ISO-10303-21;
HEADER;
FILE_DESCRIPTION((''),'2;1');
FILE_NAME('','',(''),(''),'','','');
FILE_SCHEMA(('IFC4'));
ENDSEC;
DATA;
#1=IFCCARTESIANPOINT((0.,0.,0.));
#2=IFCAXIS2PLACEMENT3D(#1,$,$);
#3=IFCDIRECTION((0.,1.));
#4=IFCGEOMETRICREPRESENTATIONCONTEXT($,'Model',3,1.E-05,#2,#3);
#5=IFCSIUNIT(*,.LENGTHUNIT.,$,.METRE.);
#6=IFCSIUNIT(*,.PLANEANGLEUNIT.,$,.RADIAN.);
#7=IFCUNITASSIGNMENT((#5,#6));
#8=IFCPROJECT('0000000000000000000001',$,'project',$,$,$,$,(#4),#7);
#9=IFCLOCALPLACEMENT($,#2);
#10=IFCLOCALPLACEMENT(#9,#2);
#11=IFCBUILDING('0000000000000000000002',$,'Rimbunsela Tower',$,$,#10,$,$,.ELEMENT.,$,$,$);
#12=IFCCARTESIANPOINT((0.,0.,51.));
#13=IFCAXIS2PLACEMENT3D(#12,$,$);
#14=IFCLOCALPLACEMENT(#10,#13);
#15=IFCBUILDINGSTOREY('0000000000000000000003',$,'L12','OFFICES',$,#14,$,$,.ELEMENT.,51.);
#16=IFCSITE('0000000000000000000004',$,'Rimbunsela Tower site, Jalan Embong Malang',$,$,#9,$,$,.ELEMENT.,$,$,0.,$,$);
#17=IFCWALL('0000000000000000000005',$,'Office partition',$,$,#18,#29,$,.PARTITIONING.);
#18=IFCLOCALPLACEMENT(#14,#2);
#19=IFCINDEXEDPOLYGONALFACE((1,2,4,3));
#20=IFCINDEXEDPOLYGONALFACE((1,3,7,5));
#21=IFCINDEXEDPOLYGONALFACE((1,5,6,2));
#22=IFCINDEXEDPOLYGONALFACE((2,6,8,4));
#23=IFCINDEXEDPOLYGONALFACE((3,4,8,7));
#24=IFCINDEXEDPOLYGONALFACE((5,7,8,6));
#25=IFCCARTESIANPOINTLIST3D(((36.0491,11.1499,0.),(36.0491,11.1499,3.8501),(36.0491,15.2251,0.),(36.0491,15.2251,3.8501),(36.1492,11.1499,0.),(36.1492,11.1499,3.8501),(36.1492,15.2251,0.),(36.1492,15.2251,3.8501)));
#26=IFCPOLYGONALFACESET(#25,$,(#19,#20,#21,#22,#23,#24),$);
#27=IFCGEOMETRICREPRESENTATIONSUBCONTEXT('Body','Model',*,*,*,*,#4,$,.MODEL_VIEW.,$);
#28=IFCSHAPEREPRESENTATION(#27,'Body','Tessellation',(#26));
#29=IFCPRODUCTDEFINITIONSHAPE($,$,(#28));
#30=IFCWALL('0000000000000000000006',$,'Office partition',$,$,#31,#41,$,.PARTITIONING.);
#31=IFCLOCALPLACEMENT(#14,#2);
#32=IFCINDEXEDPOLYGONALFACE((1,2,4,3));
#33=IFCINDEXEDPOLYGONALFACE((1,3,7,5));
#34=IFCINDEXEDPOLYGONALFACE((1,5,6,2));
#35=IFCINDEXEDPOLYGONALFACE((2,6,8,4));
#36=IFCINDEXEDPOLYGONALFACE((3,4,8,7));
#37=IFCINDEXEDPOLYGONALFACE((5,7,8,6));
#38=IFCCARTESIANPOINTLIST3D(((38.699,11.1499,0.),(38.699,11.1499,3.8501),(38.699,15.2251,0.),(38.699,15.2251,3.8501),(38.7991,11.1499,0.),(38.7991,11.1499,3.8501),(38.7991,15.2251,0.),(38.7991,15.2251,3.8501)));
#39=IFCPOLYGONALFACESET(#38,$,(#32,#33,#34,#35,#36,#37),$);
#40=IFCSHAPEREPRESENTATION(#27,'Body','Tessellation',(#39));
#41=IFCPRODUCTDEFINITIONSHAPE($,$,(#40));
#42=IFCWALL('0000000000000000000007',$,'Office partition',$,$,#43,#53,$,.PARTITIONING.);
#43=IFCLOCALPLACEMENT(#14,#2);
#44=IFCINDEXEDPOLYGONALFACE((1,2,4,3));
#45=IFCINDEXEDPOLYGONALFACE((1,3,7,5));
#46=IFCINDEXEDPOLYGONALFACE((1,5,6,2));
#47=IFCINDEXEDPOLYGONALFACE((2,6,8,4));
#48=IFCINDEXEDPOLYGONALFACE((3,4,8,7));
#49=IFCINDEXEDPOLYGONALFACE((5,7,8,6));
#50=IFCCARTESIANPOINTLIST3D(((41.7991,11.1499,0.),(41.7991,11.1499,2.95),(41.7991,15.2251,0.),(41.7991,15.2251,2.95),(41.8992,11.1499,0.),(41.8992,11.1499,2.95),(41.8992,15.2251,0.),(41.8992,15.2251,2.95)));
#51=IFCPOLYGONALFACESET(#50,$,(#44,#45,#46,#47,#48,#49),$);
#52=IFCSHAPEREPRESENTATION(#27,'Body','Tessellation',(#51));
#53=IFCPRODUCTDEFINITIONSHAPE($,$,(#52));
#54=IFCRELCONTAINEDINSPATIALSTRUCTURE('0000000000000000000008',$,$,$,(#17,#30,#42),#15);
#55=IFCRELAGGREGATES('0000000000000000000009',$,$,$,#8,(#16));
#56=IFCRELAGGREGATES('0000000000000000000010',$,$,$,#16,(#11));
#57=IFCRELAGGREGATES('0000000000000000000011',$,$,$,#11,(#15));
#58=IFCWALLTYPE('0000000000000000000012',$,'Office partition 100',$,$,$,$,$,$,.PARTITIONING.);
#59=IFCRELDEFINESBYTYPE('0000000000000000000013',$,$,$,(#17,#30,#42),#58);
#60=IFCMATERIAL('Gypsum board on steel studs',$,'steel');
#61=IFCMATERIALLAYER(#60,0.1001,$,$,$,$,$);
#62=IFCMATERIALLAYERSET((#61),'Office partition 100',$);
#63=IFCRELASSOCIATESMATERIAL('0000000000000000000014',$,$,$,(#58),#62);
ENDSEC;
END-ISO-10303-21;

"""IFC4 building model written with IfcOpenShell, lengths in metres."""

from ifc_helpers import new_model, si_unit, direction, frame, frame_2d, origin, place, context, subcontext, project, spatial, rectangle, extrude, material, layer, layer_set, type_object, element, save


model = new_model("IFC4")

# Units and contexts
model_context = context("Model", 3, precision=1e-05, world=origin(), true_north=direction((0.0, 1.0)))
body_context = subcontext(model_context, "Body", "Model", "MODEL_VIEW")
ifc_project = project(units=[si_unit("LENGTHUNIT", "METRE"), si_unit("PLANEANGLEUNIT", "RADIAN")], contexts=[model_context])

# Site, building, storey
site_placement = place(None, origin())
site = spatial("IfcSite", under=ifc_project, at=site_placement, Name="Rimbunsela Tower site, Jalan Embong Malang", CompositionType="ELEMENT", RefElevation=0.0)
building_placement = place(site_placement, origin())
building = spatial("IfcBuilding", under=site, at=building_placement, Name="Rimbunsela Tower", CompositionType="ELEMENT")
storey_placement = place(building_placement, frame((0.0, 0.0, 51.0)))
storey = spatial("IfcBuildingStorey", under=building, at=storey_placement, Name="L12", Description="OFFICES", CompositionType="ELEMENT", Elevation=51.0)

# Shared definitions
ifc_material_1 = material(Name="Gypsum board on steel studs", Category="steel")
ifc_layer_1 = layer(ifc_material_1, 0.1001)
ifc_layer_set_1 = layer_set([ifc_layer_1], Name="Office partition 100")
wall_type_1 = type_object("IfcWallType", Name="Office partition 100", PredefinedType="PARTITIONING", material=ifc_layer_set_1)

# Walls
for number, where, z_axis, x_axis, name in (
    (1, (36.0991, 11.1499, 0.0), (0.0, 0.0, 1.0), (0.0, 1.0, 0.0), "Office partition"),
    (2, (38.749, 11.1499, 0.0), (0.0, 0.0, 1.0), (0.0, 1.0, 0.0), "Office partition"),
):
    element("IfcWall", number, at=place(storey_placement, frame(where, z_axis=z_axis, x_axis=x_axis)), inside=storey, type_object=wall_type_1, Name=name, PredefinedType="PARTITIONING", context=body_context, shape_type="SweptSolid", body=[
        extrude(rectangle(XDim=4.0752, YDim=0.1001, at=frame_2d((2.0376, 0.0))), origin(), (0.0, 0.0, 1.0), 3.8501),
    ])
wall_1_placement = place(storey_placement, frame((41.8491, 11.1499, 0.0), z_axis=(0.0, 0.0, 1.0), x_axis=(0.0, 1.0, 0.0)))
element("IfcWall", 3, at=wall_1_placement, inside=storey, type_object=wall_type_1, Name="Office partition", PredefinedType="PARTITIONING", context=body_context, shape_type="SweptSolid", body=[
    extrude(rectangle(XDim=4.0752, YDim=0.1001, at=frame_2d((2.0376, 0.0))), origin(), (0.0, 0.0, 1.0), 2.95),
])

save(model, "model.ifc")
